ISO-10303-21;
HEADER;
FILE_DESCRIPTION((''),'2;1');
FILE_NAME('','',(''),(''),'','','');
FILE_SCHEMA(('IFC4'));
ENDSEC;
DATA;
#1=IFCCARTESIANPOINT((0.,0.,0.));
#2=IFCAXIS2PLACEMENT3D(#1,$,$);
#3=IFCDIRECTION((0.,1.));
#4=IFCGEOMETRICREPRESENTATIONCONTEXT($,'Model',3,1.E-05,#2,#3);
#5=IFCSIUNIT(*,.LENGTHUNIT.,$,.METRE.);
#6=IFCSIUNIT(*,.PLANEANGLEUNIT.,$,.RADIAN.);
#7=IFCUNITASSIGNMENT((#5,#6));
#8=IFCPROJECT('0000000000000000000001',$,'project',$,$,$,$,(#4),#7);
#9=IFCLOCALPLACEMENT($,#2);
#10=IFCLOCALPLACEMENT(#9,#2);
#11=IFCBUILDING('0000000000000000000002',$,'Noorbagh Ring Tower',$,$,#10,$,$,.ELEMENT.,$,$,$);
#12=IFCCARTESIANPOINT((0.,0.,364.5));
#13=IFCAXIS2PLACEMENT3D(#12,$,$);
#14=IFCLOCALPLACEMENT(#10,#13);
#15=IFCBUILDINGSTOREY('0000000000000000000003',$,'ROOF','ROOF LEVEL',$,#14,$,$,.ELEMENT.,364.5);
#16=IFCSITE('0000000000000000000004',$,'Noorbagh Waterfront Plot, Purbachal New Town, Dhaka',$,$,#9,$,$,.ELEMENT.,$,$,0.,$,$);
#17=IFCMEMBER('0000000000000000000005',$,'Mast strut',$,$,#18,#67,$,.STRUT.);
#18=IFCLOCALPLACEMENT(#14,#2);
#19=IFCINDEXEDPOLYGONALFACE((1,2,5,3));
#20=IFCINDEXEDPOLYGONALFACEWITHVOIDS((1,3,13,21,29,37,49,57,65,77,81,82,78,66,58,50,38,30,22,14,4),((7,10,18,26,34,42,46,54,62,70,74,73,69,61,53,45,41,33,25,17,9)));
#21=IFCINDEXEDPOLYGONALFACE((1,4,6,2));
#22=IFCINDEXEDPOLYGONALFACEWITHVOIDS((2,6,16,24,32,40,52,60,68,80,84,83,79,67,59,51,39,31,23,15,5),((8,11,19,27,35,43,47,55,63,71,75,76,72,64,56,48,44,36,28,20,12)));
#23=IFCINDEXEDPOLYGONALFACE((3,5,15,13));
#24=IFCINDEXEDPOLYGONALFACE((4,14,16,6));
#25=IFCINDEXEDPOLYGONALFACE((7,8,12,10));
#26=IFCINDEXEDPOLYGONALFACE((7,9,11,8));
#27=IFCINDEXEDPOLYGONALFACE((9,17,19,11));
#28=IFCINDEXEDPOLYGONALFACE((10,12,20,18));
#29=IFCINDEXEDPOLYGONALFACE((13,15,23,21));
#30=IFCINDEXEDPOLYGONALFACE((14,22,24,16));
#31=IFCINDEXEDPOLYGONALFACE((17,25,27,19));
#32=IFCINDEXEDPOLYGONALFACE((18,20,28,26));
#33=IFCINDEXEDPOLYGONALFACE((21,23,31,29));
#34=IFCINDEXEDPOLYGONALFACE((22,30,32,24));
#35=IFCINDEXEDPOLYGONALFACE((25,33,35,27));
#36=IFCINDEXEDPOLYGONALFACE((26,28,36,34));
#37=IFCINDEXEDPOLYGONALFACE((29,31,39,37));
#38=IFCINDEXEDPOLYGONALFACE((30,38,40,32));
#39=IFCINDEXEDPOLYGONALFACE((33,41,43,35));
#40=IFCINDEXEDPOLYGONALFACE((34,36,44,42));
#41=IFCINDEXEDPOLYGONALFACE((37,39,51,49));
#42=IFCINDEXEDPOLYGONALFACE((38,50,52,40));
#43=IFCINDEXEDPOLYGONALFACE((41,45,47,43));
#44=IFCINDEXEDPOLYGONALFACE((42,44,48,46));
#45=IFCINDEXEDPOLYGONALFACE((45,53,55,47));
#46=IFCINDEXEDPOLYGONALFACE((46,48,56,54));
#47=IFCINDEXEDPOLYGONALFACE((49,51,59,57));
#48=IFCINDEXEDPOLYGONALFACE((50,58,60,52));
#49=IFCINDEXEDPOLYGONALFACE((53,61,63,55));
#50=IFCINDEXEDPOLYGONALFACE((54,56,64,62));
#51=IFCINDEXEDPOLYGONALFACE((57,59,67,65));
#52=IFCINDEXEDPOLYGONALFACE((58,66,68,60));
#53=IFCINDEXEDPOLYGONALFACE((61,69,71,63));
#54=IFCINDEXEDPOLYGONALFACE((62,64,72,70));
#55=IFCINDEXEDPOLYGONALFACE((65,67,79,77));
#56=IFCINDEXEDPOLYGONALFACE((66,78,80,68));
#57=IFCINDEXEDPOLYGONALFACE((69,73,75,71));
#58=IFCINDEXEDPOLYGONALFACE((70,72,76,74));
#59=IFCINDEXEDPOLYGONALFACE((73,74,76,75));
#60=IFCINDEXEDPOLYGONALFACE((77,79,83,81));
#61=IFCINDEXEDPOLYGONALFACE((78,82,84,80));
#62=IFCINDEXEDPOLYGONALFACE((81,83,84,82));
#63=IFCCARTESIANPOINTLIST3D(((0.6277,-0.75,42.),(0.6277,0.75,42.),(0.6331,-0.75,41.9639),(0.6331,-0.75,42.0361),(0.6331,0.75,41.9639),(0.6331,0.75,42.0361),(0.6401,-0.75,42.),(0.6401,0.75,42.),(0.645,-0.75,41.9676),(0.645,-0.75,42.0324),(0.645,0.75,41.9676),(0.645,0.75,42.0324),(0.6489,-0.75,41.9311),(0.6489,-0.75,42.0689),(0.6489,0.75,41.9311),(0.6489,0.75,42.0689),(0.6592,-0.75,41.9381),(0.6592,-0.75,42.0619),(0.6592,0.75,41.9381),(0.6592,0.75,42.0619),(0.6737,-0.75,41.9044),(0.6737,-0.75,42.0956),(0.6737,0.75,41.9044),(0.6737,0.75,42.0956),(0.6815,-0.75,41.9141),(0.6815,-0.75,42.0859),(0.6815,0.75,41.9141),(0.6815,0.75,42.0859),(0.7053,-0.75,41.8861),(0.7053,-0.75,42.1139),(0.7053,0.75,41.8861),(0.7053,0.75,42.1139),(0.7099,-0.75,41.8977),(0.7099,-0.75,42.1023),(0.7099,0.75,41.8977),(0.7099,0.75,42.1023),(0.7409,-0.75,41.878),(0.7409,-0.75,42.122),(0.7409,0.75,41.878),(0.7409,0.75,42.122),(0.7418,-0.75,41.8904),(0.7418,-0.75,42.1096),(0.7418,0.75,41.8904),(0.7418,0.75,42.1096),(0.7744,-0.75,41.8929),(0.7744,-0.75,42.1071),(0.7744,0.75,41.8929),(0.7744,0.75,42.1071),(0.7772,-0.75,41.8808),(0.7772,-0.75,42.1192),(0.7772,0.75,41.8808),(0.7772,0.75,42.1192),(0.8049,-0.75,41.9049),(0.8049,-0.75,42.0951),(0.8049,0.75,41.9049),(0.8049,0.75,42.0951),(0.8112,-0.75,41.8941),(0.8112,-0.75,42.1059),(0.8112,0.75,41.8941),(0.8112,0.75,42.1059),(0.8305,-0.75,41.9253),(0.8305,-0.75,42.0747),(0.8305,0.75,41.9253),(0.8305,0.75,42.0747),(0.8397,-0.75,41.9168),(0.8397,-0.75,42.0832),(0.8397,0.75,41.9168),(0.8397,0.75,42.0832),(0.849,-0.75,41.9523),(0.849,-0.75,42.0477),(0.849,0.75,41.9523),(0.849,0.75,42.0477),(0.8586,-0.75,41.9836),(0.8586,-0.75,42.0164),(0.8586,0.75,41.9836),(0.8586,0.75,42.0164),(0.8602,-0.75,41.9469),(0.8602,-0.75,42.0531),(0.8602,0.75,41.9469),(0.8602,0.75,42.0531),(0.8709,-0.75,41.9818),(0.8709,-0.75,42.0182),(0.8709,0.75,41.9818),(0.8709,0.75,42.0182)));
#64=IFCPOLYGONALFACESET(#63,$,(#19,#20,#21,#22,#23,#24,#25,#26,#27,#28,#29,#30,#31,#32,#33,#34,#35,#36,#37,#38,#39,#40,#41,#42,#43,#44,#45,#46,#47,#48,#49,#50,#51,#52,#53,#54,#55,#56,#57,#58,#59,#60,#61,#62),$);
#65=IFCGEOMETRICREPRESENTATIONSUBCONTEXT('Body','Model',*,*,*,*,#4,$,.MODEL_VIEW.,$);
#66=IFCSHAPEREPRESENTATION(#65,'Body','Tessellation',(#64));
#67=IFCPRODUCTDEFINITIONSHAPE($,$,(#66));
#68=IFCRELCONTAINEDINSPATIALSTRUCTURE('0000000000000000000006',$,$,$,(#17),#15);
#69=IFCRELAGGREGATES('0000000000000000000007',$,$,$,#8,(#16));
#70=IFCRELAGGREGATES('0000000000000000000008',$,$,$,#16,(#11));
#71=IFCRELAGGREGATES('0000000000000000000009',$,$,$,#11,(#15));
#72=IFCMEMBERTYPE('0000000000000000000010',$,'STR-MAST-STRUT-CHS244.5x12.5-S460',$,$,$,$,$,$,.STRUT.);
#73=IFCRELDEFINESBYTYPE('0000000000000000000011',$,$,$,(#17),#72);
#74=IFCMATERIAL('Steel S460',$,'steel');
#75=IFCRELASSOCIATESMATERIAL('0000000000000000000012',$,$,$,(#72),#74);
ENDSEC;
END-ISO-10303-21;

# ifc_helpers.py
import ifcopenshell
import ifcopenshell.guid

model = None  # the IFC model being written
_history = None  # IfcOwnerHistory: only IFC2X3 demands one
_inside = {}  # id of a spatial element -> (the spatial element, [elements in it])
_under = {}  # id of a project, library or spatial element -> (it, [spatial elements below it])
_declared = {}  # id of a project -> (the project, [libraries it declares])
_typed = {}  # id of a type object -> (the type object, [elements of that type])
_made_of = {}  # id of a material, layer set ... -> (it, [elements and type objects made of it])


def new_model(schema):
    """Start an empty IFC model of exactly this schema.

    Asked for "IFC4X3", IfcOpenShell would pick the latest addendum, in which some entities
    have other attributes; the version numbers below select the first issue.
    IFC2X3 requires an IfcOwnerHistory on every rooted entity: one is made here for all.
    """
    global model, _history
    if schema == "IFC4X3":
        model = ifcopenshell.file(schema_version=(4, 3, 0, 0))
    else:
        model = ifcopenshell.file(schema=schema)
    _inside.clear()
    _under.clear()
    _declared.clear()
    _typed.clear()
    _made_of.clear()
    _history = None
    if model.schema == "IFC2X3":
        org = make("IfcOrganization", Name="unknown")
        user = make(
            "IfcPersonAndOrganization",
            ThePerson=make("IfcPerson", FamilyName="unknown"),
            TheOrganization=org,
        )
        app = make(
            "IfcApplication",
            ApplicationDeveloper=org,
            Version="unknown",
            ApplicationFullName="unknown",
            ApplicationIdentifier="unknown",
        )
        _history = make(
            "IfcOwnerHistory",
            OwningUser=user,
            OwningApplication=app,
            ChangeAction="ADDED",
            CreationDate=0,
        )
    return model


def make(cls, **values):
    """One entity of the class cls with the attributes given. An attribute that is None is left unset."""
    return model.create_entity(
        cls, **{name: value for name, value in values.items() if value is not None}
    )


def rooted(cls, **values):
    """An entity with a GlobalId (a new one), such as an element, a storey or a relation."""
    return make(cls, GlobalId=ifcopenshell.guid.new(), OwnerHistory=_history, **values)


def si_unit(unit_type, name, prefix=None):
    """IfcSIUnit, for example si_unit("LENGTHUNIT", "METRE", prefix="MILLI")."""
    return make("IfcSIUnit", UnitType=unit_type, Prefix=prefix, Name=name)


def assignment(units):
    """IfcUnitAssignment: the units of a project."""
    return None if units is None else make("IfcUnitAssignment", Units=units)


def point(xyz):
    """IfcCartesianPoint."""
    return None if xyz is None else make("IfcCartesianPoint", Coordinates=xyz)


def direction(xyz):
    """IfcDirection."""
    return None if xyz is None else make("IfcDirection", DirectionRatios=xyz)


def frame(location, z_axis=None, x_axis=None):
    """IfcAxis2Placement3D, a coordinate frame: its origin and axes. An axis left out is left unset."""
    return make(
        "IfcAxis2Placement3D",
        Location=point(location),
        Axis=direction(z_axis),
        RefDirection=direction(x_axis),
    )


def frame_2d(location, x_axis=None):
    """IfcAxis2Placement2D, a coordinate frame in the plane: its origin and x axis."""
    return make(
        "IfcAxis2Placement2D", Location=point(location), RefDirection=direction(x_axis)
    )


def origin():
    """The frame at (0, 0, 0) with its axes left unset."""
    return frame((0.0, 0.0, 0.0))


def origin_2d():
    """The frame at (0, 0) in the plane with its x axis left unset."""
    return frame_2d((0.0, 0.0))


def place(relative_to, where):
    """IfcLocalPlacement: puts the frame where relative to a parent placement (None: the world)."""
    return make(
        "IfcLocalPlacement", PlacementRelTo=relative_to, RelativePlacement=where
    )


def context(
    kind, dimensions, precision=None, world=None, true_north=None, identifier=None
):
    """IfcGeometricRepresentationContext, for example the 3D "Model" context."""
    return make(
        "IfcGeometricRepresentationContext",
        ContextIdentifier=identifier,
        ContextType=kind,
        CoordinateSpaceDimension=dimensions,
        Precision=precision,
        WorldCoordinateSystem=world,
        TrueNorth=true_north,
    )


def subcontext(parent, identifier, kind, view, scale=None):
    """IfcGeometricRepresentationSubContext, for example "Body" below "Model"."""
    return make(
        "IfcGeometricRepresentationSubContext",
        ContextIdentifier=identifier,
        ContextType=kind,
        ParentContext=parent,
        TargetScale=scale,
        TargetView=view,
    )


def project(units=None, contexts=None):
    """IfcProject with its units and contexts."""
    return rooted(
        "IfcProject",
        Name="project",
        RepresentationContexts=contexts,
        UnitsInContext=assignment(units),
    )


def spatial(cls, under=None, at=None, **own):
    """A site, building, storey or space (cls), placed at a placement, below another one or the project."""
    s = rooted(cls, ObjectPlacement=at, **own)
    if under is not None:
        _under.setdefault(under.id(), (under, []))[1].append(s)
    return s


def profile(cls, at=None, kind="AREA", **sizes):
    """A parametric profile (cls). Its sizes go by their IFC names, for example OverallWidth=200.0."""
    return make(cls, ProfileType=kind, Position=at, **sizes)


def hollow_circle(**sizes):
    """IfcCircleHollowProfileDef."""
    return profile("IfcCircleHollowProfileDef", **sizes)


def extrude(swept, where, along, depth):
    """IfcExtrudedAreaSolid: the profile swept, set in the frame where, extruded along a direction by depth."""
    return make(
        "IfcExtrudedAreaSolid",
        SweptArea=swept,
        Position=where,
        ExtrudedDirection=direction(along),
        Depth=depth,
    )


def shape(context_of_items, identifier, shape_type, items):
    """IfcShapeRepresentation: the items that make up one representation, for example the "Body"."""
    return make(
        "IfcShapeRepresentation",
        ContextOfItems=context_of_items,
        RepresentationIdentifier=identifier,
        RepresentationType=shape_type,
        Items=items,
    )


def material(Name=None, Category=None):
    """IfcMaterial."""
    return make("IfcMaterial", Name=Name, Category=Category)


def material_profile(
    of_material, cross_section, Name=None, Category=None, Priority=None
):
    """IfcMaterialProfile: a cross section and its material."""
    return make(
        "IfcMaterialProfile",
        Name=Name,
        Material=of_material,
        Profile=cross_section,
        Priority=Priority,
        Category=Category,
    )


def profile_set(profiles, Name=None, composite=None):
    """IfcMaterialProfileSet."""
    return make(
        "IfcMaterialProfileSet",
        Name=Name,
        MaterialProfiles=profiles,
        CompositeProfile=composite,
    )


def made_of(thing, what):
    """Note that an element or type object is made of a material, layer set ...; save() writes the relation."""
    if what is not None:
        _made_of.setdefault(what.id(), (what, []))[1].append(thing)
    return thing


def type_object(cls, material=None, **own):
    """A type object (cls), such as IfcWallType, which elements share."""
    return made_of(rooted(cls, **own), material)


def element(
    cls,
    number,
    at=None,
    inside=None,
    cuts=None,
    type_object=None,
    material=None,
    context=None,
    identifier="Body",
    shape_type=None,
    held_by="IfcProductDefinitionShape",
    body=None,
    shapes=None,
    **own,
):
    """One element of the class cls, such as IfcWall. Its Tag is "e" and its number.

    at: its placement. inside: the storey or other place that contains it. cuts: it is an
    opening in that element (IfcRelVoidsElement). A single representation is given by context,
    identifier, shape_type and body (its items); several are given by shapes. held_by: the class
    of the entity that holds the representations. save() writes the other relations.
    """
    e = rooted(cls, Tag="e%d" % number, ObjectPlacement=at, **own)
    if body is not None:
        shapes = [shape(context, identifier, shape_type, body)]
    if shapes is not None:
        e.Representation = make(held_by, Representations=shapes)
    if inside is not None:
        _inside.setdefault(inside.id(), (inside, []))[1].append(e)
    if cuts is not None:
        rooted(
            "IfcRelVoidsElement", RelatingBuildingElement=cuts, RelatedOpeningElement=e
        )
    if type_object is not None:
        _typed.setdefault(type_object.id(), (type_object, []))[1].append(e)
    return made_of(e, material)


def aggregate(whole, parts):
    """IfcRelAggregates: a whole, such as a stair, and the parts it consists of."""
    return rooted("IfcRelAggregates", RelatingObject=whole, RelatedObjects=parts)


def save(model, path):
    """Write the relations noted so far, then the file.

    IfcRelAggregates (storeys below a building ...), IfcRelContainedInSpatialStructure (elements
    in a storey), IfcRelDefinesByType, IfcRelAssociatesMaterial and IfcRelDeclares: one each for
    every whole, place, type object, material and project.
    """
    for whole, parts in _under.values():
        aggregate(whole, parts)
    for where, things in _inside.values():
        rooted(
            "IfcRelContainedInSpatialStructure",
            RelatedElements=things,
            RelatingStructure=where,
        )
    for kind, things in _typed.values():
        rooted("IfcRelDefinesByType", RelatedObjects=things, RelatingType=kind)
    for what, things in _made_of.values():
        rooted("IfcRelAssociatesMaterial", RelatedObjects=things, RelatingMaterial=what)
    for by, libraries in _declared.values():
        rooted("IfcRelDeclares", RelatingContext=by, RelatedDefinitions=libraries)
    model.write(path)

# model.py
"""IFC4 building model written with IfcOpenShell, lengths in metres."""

from ifc_helpers import new_model, si_unit, direction, frame, origin, origin_2d, place, context, subcontext, project, spatial, hollow_circle, extrude, material, material_profile, profile_set, type_object, element, save


model = new_model("IFC4")

# Units and contexts
model_context = context("Model", 3, precision=1e-05, world=origin(), true_north=direction((0.0, 1.0)))
body_context = subcontext(model_context, "Body", "Model", "MODEL_VIEW")
ifc_project = project(units=[si_unit("LENGTHUNIT", "METRE"), si_unit("PLANEANGLEUNIT", "RADIAN")], contexts=[model_context])

# Site, building, storey
site_placement = place(None, origin())
site = spatial("IfcSite", under=ifc_project, at=site_placement, Name="Noorbagh Waterfront Plot, Purbachal New Town, Dhaka", CompositionType="ELEMENT", RefElevation=0.0)
building_placement = place(site_placement, origin())
building = spatial("IfcBuilding", under=site, at=building_placement, Name="Noorbagh Ring Tower", CompositionType="ELEMENT")
storey_placement = place(building_placement, frame((0.0, 0.0, 364.5)))
storey = spatial("IfcBuildingStorey", under=building, at=storey_placement, Name="ROOF", Description="ROOF LEVEL", CompositionType="ELEMENT", Elevation=364.5)

# Member
ifc_material_1 = material(Name="Steel S460", Category="steel")
ifc_material_profile_1 = material_profile(ifc_material_1, hollow_circle(Radius=0.1223, WallThickness=0.0125, at=origin_2d()), Name="CHS244.5x12.5")
ifc_profile_set_1 = profile_set([ifc_material_profile_1], Name="Steel S460")
member_type_1 = type_object("IfcMemberType", Name="STR-MAST-STRUT-CHS244.5x12.5-S460", PredefinedType="STRUT", material=ifc_profile_set_1)
for number, where, z_axis, x_axis, name in (
    (1, (0.75, -0.75, 42.0), (0.0, 1.0, 0.0), (-1.0, 0.0, 0.0), "Mast strut"),
):
    element("IfcMember", number, at=place(storey_placement, frame(where, z_axis=z_axis, x_axis=x_axis)), inside=storey, type_object=member_type_1, Name=name, PredefinedType="STRUT", context=body_context, shape_type="SweptSolid", body=[
        extrude(hollow_circle(Radius=0.1223, WallThickness=0.0125, at=origin_2d()), origin(), (0.0, 0.0, 1.0), 1.5),
    ])

save(model, "model.ifc")
